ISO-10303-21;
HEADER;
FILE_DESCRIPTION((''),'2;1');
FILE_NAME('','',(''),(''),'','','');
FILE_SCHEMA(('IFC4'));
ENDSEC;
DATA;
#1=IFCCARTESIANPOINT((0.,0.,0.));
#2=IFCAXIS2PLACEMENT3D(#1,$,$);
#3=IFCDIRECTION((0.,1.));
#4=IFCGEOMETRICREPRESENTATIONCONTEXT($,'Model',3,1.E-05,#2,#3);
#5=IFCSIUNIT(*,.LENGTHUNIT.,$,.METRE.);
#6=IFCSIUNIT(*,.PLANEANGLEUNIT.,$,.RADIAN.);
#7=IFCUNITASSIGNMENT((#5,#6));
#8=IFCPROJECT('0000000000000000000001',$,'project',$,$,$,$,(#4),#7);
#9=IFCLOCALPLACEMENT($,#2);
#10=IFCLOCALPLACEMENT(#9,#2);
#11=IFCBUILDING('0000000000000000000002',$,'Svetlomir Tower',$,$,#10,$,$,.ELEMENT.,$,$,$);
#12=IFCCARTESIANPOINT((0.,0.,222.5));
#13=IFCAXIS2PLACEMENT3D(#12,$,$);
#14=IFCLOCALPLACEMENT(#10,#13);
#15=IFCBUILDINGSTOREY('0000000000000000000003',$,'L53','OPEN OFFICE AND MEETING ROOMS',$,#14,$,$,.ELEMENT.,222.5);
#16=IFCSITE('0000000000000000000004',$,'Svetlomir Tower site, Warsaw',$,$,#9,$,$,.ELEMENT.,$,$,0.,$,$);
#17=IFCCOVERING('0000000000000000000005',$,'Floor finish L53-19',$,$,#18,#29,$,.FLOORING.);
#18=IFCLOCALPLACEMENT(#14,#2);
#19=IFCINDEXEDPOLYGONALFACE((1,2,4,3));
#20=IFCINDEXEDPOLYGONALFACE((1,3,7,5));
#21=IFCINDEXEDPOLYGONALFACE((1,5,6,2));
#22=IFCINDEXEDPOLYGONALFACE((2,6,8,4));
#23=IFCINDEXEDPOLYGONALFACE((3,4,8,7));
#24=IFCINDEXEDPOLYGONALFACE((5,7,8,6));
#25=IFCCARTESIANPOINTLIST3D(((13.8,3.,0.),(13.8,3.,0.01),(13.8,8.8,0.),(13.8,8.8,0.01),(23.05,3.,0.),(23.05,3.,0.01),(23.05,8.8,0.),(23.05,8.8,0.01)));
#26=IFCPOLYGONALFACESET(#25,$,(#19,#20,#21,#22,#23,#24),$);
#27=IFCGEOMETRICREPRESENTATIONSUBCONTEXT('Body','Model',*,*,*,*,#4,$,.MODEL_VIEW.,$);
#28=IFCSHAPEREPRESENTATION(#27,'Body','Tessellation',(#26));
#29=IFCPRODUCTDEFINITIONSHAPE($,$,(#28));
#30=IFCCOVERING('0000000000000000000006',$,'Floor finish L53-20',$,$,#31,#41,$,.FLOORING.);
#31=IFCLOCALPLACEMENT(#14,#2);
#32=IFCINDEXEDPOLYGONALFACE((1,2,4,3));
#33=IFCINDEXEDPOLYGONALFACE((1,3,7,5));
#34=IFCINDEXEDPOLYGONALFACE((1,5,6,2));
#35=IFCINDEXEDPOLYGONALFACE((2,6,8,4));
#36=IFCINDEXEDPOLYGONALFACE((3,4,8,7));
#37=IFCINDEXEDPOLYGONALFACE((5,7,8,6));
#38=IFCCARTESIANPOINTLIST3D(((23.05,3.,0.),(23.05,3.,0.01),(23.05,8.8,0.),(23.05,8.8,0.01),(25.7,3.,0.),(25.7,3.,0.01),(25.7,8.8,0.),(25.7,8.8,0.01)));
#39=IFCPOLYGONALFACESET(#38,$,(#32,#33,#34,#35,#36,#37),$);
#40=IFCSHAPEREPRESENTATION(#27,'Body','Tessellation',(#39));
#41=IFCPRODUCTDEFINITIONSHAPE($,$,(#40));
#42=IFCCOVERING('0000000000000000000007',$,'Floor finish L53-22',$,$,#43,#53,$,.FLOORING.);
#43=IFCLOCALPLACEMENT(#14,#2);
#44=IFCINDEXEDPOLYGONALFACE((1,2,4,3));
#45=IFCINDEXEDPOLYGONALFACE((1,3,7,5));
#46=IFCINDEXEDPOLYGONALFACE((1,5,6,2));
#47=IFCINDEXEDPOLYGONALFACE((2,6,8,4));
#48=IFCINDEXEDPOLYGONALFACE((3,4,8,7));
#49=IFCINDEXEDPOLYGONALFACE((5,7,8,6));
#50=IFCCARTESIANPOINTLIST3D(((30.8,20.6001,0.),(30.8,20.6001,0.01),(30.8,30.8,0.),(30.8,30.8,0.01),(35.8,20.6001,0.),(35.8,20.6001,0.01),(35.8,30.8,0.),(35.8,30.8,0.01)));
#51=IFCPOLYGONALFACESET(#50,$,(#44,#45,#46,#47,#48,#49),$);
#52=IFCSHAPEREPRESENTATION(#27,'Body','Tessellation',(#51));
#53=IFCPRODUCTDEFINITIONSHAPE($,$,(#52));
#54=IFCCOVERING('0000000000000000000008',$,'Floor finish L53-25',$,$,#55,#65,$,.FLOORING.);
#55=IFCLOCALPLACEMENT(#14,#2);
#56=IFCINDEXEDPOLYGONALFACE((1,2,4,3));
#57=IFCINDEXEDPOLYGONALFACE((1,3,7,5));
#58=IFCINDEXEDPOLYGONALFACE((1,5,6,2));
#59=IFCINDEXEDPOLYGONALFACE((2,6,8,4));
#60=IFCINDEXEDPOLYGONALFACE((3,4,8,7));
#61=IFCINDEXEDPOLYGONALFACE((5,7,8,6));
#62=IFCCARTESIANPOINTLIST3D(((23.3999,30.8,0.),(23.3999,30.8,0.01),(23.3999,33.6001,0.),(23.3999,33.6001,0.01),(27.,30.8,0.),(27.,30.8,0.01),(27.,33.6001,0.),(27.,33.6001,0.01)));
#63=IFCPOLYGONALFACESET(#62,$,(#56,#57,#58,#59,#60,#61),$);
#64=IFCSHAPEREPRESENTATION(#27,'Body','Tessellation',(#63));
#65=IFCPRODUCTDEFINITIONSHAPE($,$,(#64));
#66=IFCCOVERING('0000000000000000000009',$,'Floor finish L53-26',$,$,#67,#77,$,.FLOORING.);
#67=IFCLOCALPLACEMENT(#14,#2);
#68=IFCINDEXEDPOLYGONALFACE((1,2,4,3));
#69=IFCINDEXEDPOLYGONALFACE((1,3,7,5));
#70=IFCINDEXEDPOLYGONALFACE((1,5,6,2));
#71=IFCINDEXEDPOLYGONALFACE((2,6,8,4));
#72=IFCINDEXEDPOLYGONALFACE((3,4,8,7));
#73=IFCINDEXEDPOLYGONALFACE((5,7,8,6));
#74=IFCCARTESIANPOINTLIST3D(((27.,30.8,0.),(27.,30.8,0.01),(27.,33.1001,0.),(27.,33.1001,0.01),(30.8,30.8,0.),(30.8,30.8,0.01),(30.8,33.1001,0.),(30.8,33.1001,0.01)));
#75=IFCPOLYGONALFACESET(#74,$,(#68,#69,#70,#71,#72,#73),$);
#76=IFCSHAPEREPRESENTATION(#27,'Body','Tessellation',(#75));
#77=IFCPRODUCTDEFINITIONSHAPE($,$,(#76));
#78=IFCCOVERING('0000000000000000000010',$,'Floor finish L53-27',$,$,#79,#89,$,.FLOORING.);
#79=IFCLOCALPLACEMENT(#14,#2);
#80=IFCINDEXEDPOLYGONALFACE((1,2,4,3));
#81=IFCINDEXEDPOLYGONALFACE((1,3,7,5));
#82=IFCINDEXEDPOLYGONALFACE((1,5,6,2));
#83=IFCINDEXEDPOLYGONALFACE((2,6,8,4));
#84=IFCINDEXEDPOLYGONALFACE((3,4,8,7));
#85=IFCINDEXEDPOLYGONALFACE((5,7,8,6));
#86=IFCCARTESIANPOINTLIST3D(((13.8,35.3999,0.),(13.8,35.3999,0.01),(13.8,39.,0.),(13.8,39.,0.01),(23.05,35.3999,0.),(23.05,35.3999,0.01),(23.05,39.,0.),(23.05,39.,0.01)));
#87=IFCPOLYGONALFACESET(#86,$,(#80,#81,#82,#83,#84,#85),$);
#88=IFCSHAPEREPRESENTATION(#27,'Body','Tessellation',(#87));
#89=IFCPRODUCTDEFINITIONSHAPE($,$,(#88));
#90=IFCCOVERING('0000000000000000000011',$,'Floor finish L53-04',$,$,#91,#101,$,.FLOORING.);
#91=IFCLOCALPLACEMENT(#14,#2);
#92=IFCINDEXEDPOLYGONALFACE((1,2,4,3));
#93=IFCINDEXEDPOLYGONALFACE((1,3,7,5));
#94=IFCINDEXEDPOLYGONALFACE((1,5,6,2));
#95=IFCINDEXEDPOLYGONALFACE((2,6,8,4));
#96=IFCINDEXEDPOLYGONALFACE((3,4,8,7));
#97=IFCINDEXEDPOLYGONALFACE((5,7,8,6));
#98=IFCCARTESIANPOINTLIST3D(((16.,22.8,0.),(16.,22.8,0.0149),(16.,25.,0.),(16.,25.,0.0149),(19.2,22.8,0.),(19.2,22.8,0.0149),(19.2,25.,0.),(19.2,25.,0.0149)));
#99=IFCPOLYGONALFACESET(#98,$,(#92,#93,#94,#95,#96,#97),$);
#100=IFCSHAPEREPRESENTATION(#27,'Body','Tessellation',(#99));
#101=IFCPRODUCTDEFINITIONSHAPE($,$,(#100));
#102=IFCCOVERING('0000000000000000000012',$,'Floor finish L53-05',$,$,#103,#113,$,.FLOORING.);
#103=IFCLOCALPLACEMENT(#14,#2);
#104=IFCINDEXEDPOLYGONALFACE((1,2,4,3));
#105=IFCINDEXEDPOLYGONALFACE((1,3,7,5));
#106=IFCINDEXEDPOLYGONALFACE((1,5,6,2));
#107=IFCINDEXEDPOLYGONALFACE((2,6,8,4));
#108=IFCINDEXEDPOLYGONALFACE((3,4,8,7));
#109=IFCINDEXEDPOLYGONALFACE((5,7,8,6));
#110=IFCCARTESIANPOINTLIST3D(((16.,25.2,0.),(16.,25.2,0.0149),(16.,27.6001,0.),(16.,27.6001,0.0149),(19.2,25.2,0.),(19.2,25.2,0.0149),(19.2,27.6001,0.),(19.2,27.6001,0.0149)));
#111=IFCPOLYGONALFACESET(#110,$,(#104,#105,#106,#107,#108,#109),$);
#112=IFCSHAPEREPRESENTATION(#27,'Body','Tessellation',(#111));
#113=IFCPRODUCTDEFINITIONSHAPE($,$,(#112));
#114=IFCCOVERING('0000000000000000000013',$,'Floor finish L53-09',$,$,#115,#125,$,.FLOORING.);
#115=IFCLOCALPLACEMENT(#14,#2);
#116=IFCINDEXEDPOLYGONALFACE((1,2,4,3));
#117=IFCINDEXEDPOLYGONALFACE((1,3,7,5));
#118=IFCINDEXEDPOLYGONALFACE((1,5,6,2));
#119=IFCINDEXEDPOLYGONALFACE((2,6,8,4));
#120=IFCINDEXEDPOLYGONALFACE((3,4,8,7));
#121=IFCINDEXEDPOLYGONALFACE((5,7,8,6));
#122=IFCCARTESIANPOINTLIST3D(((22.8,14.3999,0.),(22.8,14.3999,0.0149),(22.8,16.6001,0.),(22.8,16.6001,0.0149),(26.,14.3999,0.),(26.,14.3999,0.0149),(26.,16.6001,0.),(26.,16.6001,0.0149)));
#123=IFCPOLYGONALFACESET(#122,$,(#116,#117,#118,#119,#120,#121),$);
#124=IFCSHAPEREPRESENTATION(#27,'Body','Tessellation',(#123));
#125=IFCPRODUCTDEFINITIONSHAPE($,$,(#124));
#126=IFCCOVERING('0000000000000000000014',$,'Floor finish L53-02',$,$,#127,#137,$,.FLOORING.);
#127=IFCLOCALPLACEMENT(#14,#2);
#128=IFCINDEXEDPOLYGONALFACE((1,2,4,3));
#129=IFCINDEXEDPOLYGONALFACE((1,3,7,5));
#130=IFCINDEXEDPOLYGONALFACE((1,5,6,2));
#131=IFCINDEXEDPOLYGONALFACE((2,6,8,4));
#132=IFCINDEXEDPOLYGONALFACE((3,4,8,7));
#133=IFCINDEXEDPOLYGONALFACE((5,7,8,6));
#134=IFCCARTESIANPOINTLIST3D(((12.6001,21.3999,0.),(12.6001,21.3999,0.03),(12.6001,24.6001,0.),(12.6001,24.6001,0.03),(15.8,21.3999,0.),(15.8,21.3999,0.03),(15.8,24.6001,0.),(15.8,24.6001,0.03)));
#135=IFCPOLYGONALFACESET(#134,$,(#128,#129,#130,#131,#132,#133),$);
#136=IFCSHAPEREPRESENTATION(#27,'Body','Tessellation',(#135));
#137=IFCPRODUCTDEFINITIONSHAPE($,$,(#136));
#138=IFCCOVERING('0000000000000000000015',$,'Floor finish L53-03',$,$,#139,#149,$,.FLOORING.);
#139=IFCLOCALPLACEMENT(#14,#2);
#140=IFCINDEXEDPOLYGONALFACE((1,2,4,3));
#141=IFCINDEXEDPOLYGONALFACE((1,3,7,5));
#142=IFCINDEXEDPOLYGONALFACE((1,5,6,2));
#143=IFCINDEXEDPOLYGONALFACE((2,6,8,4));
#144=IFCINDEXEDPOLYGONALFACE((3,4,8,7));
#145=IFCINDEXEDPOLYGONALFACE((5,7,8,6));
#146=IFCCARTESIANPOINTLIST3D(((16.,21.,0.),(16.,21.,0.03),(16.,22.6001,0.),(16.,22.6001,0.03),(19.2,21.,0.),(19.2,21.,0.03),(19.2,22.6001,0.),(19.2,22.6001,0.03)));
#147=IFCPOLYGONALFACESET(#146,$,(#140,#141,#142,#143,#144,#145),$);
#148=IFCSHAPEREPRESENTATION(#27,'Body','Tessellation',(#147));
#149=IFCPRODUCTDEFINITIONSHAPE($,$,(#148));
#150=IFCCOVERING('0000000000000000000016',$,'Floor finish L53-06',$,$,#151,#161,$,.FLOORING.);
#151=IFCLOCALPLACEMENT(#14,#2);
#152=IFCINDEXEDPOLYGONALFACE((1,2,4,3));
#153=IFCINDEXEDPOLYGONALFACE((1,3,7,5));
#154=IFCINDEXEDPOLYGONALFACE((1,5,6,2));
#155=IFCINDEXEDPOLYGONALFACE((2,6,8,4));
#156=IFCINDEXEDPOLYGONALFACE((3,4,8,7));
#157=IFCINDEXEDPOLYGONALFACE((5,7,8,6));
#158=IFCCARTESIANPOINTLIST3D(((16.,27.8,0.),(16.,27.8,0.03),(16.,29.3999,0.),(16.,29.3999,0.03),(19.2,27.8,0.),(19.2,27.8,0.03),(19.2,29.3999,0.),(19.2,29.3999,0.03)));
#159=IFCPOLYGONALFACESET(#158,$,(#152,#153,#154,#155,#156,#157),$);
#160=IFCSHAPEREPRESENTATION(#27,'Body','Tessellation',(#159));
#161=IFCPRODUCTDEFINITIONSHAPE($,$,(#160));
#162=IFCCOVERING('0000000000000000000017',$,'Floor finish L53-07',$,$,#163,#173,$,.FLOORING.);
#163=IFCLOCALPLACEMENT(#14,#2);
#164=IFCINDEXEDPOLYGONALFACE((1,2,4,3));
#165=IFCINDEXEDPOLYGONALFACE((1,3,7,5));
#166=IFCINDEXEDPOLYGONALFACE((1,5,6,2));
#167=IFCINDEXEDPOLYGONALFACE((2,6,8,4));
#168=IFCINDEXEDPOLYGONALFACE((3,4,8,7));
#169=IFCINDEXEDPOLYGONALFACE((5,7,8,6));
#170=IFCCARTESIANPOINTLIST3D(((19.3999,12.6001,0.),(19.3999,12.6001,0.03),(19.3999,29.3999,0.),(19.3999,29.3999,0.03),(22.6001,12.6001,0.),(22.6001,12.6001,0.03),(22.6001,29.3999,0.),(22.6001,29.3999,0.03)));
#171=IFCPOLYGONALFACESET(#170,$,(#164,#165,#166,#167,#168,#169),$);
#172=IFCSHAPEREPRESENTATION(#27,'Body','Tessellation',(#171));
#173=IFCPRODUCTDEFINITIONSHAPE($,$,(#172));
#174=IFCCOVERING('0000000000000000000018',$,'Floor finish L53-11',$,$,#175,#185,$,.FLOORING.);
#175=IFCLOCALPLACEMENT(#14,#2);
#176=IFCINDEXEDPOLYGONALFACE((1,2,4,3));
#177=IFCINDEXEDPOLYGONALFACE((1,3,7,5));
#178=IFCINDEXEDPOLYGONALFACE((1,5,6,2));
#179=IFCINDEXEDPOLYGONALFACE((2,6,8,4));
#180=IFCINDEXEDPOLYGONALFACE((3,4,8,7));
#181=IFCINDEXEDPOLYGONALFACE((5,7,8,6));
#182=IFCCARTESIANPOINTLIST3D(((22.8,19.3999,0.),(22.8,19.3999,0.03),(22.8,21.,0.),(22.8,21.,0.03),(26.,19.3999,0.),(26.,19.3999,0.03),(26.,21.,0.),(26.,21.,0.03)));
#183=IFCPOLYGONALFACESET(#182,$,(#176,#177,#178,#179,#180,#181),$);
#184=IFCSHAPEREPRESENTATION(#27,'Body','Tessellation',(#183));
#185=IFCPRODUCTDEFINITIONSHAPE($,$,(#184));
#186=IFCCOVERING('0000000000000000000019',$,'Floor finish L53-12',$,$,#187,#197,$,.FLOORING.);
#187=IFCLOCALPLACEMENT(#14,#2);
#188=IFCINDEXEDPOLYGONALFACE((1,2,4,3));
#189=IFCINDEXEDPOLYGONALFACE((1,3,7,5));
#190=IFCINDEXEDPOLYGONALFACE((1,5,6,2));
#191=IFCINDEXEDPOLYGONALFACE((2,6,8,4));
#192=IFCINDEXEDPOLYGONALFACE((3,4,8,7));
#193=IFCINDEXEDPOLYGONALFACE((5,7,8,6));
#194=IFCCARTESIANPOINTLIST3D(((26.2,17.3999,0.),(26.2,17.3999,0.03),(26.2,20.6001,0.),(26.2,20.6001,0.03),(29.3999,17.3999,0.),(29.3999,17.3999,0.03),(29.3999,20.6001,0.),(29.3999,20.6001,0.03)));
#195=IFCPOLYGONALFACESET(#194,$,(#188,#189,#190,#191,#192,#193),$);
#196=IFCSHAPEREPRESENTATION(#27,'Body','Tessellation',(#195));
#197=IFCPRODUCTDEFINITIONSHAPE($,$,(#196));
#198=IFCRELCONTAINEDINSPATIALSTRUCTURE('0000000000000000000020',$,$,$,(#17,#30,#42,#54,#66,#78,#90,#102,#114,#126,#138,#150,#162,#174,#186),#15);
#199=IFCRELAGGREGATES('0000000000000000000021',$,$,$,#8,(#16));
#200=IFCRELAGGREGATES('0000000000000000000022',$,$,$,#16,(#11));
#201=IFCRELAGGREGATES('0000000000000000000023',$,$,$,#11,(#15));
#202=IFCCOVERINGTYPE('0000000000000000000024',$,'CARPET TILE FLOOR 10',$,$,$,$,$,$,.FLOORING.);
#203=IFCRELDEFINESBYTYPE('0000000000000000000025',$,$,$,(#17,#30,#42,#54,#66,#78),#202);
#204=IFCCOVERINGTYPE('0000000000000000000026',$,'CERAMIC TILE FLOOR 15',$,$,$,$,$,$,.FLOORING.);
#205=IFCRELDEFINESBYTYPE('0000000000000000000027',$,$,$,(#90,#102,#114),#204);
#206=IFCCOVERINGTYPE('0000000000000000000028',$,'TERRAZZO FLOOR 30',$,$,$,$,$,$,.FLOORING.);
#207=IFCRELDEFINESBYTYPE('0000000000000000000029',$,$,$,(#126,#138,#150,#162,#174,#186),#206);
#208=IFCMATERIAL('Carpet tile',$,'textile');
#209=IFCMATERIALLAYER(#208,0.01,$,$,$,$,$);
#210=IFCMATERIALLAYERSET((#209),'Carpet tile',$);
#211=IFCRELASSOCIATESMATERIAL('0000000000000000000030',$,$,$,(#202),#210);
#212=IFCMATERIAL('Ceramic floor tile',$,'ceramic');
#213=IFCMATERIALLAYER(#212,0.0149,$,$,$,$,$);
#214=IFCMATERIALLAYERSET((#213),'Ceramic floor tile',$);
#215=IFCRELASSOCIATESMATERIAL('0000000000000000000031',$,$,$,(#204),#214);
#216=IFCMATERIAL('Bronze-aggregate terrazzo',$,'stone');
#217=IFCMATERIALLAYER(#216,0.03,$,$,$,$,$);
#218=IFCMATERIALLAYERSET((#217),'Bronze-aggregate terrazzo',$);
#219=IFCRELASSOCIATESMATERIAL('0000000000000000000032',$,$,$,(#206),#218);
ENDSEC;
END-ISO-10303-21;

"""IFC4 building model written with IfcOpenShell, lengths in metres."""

from ifc_helpers import new_model, si_unit, direction, frame, origin, place, context, subcontext, project, spatial, polyline, outline, extrude, material, layer, layer_set, type_object, element, save


model = new_model("IFC4")

# Units and contexts
model_context = context("Model", 3, precision=1e-05, world=origin(), true_north=direction((0.0, 1.0)))
body_context = subcontext(model_context, "Body", "Model", "MODEL_VIEW")
ifc_project = project(units=[si_unit("LENGTHUNIT", "METRE"), si_unit("PLANEANGLEUNIT", "RADIAN")], contexts=[model_context])

# Site, building, storey
site_placement = place(None, origin())
site = spatial("IfcSite", under=ifc_project, at=site_placement, Name="Svetlomir Tower site, Warsaw", CompositionType="ELEMENT", RefElevation=0.0)
building_placement = place(site_placement, origin())
building = spatial("IfcBuilding", under=site, at=building_placement, Name="Svetlomir Tower", CompositionType="ELEMENT")
storey_placement = place(building_placement, frame((0.0, 0.0, 222.5)))
storey = spatial("IfcBuildingStorey", under=building, at=storey_placement, Name="L53", Description="OPEN OFFICE AND MEETING ROOMS", CompositionType="ELEMENT", Elevation=222.5)

# Coverings
ifc_material_1 = material(Name="Carpet tile", Category="textile")
ifc_layer_1 = layer(ifc_material_1, 0.01)
ifc_layer_set_1 = layer_set([ifc_layer_1], Name="Carpet tile")
covering_type_1 = type_object("IfcCoveringType", Name="CARPET TILE FLOOR 10", PredefinedType="FLOORING", material=ifc_layer_set_1)
covering_1_placement = place(storey_placement, origin())
element("IfcCovering", 1, at=covering_1_placement, inside=storey, type_object=covering_type_1, Name="Floor finish L53-19", PredefinedType="FLOORING", context=body_context, shape_type="SweptSolid", body=[
    extrude(outline(polyline([(13.8, 3.0), (23.05, 3.0), (23.05, 8.8), (13.8, 8.8), (13.8, 3.0)])), origin(), (0.0, 0.0, 1.0), 0.01),
])
covering_2_placement = place(storey_placement, origin())
element("IfcCovering", 2, at=covering_2_placement, inside=storey, type_object=covering_type_1, Name="Floor finish L53-20", PredefinedType="FLOORING", context=body_context, shape_type="SweptSolid", body=[
    extrude(outline(polyline([(23.05, 3.0), (25.7, 3.0), (25.7, 8.8), (23.05, 8.8), (23.05, 3.0)])), origin(), (0.0, 0.0, 1.0), 0.01),
])
covering_3_placement = place(storey_placement, origin())
element("IfcCovering", 3, at=covering_3_placement, inside=storey, type_object=covering_type_1, Name="Floor finish L53-22", PredefinedType="FLOORING", context=body_context, shape_type="SweptSolid", body=[
    extrude(outline(polyline([(30.8, 20.6001), (35.8, 20.6001), (35.8, 30.8), (30.8, 30.8), (30.8, 20.6001)])), origin(), (0.0, 0.0, 1.0), 0.01),
])
covering_4_placement = place(storey_placement, origin())
element("IfcCovering", 4, at=covering_4_placement, inside=storey, type_object=covering_type_1, Name="Floor finish L53-25", PredefinedType="FLOORING", context=body_context, shape_type="SweptSolid", body=[
    extrude(outline(polyline([(23.3999, 30.8), (27.0, 30.8), (27.0, 33.6001), (23.3999, 33.6001), (23.3999, 30.8)])), origin(), (0.0, 0.0, 1.0), 0.01),
])
covering_5_placement = place(storey_placement, origin())
element("IfcCovering", 5, at=covering_5_placement, inside=storey, type_object=covering_type_1, Name="Floor finish L53-26", PredefinedType="FLOORING", context=body_context, shape_type="SweptSolid", body=[
    extrude(outline(polyline([(27.0, 30.8), (30.8, 30.8), (30.8, 33.1001), (27.0, 33.1001), (27.0, 30.8)])), origin(), (0.0, 0.0, 1.0), 0.01),
])
covering_6_placement = place(storey_placement, origin())
element("IfcCovering", 6, at=covering_6_placement, inside=storey, type_object=covering_type_1, Name="Floor finish L53-27", PredefinedType="FLOORING", context=body_context, shape_type="SweptSolid", body=[
    extrude(outline(polyline([(13.8, 35.3999), (23.05, 35.3999), (23.05, 39.0), (13.8, 39.0), (13.8, 35.3999)])), origin(), (0.0, 0.0, 1.0), 0.01),
])
ifc_material_2 = material(Name="Ceramic floor tile", Category="ceramic")
ifc_layer_2 = layer(ifc_material_2, 0.0149)
ifc_layer_set_2 = layer_set([ifc_layer_2], Name="Ceramic floor tile")
covering_type_2 = type_object("IfcCoveringType", Name="CERAMIC TILE FLOOR 15", PredefinedType="FLOORING", material=ifc_layer_set_2)
covering_7_placement = place(storey_placement, origin())
element("IfcCovering", 7, at=covering_7_placement, inside=storey, type_object=covering_type_2, Name="Floor finish L53-04", PredefinedType="FLOORING", context=body_context, shape_type="SweptSolid", body=[
    extrude(outline(polyline([(16.0, 22.8), (19.2, 22.8), (19.2, 25.0), (16.0, 25.0), (16.0, 22.8)])), origin(), (0.0, 0.0, 1.0), 0.0149),
])
covering_8_placement = place(storey_placement, origin())
element("IfcCovering", 8, at=covering_8_placement, inside=storey, type_object=covering_type_2, Name="Floor finish L53-05", PredefinedType="FLOORING", context=body_context, shape_type="SweptSolid", body=[
    extrude(outline(polyline([(16.0, 25.2), (19.2, 25.2), (19.2, 27.6001), (16.0, 27.6001), (16.0, 25.2)])), origin(), (0.0, 0.0, 1.0), 0.0149),
])
covering_9_placement = place(storey_placement, origin())
element("IfcCovering", 9, at=covering_9_placement, inside=storey, type_object=covering_type_2, Name="Floor finish L53-09", PredefinedType="FLOORING", context=body_context, shape_type="SweptSolid", body=[
    extrude(outline(polyline([(22.8, 14.3999), (26.0, 14.3999), (26.0, 16.6001), (22.8, 16.6001), (22.8, 14.3999)])), origin(), (0.0, 0.0, 1.0), 0.0149),
])
ifc_material_3 = material(Name="Bronze-aggregate terrazzo", Category="stone")
ifc_layer_3 = layer(ifc_material_3, 0.03)
ifc_layer_set_3 = layer_set([ifc_layer_3], Name="Bronze-aggregate terrazzo")
covering_type_3 = type_object("IfcCoveringType", Name="TERRAZZO FLOOR 30", PredefinedType="FLOORING", material=ifc_layer_set_3)
covering_10_placement = place(storey_placement, origin())
element("IfcCovering", 10, at=covering_10_placement, inside=storey, type_object=covering_type_3, Name="Floor finish L53-02", PredefinedType="FLOORING", context=body_context, shape_type="SweptSolid", body=[
    extrude(outline(polyline([(12.6001, 21.3999), (15.8, 21.3999), (15.8, 24.6001), (12.6001, 24.6001), (12.6001, 21.3999)])), origin(), (0.0, 0.0, 1.0), 0.03),
])
covering_11_placement = place(storey_placement, origin())
element("IfcCovering", 11, at=covering_11_placement, inside=storey, type_object=covering_type_3, Name="Floor finish L53-03", PredefinedType="FLOORING", context=body_context, shape_type="SweptSolid", body=[
    extrude(outline(polyline([(16.0, 21.0), (19.2, 21.0), (19.2, 22.6001), (16.0, 22.6001), (16.0, 21.0)])), origin(), (0.0, 0.0, 1.0), 0.03),
])
covering_12_placement = place(storey_placement, origin())
element("IfcCovering", 12, at=covering_12_placement, inside=storey, type_object=covering_type_3, Name="Floor finish L53-06", PredefinedType="FLOORING", context=body_context, shape_type="SweptSolid", body=[
    extrude(outline(polyline([(16.0, 27.8), (19.2, 27.8), (19.2, 29.3999), (16.0, 29.3999), (16.0, 27.8)])), origin(), (0.0, 0.0, 1.0), 0.03),
])
covering_13_placement = place(storey_placement, origin())
element("IfcCovering", 13, at=covering_13_placement, inside=storey, type_object=covering_type_3, Name="Floor finish L53-07", PredefinedType="FLOORING", context=body_context, shape_type="SweptSolid", body=[
    extrude(outline(polyline([(19.3999, 12.6001), (22.6001, 12.6001), (22.6001, 29.3999), (19.3999, 29.3999), (19.3999, 12.6001)])), origin(), (0.0, 0.0, 1.0), 0.03),
])
covering_14_placement = place(storey_placement, origin())
element("IfcCovering", 14, at=covering_14_placement, inside=storey, type_object=covering_type_3, Name="Floor finish L53-11", PredefinedType="FLOORING", context=body_context, shape_type="SweptSolid", body=[
    extrude(outline(polyline([(22.8, 19.3999), (26.0, 19.3999), (26.0, 21.0), (22.8, 21.0), (22.8, 19.3999)])), origin(), (0.0, 0.0, 1.0), 0.03),
])
covering_15_placement = place(storey_placement, origin())
element("IfcCovering", 15, at=covering_15_placement, inside=storey, type_object=covering_type_3, Name="Floor finish L53-12", PredefinedType="FLOORING", context=body_context, shape_type="SweptSolid", body=[
    extrude(outline(polyline([(26.2, 17.3999), (29.3999, 17.3999), (29.3999, 20.6001), (26.2, 20.6001), (26.2, 17.3999)])), origin(), (0.0, 0.0, 1.0), 0.03),
])

save(model, "model.ifc")
